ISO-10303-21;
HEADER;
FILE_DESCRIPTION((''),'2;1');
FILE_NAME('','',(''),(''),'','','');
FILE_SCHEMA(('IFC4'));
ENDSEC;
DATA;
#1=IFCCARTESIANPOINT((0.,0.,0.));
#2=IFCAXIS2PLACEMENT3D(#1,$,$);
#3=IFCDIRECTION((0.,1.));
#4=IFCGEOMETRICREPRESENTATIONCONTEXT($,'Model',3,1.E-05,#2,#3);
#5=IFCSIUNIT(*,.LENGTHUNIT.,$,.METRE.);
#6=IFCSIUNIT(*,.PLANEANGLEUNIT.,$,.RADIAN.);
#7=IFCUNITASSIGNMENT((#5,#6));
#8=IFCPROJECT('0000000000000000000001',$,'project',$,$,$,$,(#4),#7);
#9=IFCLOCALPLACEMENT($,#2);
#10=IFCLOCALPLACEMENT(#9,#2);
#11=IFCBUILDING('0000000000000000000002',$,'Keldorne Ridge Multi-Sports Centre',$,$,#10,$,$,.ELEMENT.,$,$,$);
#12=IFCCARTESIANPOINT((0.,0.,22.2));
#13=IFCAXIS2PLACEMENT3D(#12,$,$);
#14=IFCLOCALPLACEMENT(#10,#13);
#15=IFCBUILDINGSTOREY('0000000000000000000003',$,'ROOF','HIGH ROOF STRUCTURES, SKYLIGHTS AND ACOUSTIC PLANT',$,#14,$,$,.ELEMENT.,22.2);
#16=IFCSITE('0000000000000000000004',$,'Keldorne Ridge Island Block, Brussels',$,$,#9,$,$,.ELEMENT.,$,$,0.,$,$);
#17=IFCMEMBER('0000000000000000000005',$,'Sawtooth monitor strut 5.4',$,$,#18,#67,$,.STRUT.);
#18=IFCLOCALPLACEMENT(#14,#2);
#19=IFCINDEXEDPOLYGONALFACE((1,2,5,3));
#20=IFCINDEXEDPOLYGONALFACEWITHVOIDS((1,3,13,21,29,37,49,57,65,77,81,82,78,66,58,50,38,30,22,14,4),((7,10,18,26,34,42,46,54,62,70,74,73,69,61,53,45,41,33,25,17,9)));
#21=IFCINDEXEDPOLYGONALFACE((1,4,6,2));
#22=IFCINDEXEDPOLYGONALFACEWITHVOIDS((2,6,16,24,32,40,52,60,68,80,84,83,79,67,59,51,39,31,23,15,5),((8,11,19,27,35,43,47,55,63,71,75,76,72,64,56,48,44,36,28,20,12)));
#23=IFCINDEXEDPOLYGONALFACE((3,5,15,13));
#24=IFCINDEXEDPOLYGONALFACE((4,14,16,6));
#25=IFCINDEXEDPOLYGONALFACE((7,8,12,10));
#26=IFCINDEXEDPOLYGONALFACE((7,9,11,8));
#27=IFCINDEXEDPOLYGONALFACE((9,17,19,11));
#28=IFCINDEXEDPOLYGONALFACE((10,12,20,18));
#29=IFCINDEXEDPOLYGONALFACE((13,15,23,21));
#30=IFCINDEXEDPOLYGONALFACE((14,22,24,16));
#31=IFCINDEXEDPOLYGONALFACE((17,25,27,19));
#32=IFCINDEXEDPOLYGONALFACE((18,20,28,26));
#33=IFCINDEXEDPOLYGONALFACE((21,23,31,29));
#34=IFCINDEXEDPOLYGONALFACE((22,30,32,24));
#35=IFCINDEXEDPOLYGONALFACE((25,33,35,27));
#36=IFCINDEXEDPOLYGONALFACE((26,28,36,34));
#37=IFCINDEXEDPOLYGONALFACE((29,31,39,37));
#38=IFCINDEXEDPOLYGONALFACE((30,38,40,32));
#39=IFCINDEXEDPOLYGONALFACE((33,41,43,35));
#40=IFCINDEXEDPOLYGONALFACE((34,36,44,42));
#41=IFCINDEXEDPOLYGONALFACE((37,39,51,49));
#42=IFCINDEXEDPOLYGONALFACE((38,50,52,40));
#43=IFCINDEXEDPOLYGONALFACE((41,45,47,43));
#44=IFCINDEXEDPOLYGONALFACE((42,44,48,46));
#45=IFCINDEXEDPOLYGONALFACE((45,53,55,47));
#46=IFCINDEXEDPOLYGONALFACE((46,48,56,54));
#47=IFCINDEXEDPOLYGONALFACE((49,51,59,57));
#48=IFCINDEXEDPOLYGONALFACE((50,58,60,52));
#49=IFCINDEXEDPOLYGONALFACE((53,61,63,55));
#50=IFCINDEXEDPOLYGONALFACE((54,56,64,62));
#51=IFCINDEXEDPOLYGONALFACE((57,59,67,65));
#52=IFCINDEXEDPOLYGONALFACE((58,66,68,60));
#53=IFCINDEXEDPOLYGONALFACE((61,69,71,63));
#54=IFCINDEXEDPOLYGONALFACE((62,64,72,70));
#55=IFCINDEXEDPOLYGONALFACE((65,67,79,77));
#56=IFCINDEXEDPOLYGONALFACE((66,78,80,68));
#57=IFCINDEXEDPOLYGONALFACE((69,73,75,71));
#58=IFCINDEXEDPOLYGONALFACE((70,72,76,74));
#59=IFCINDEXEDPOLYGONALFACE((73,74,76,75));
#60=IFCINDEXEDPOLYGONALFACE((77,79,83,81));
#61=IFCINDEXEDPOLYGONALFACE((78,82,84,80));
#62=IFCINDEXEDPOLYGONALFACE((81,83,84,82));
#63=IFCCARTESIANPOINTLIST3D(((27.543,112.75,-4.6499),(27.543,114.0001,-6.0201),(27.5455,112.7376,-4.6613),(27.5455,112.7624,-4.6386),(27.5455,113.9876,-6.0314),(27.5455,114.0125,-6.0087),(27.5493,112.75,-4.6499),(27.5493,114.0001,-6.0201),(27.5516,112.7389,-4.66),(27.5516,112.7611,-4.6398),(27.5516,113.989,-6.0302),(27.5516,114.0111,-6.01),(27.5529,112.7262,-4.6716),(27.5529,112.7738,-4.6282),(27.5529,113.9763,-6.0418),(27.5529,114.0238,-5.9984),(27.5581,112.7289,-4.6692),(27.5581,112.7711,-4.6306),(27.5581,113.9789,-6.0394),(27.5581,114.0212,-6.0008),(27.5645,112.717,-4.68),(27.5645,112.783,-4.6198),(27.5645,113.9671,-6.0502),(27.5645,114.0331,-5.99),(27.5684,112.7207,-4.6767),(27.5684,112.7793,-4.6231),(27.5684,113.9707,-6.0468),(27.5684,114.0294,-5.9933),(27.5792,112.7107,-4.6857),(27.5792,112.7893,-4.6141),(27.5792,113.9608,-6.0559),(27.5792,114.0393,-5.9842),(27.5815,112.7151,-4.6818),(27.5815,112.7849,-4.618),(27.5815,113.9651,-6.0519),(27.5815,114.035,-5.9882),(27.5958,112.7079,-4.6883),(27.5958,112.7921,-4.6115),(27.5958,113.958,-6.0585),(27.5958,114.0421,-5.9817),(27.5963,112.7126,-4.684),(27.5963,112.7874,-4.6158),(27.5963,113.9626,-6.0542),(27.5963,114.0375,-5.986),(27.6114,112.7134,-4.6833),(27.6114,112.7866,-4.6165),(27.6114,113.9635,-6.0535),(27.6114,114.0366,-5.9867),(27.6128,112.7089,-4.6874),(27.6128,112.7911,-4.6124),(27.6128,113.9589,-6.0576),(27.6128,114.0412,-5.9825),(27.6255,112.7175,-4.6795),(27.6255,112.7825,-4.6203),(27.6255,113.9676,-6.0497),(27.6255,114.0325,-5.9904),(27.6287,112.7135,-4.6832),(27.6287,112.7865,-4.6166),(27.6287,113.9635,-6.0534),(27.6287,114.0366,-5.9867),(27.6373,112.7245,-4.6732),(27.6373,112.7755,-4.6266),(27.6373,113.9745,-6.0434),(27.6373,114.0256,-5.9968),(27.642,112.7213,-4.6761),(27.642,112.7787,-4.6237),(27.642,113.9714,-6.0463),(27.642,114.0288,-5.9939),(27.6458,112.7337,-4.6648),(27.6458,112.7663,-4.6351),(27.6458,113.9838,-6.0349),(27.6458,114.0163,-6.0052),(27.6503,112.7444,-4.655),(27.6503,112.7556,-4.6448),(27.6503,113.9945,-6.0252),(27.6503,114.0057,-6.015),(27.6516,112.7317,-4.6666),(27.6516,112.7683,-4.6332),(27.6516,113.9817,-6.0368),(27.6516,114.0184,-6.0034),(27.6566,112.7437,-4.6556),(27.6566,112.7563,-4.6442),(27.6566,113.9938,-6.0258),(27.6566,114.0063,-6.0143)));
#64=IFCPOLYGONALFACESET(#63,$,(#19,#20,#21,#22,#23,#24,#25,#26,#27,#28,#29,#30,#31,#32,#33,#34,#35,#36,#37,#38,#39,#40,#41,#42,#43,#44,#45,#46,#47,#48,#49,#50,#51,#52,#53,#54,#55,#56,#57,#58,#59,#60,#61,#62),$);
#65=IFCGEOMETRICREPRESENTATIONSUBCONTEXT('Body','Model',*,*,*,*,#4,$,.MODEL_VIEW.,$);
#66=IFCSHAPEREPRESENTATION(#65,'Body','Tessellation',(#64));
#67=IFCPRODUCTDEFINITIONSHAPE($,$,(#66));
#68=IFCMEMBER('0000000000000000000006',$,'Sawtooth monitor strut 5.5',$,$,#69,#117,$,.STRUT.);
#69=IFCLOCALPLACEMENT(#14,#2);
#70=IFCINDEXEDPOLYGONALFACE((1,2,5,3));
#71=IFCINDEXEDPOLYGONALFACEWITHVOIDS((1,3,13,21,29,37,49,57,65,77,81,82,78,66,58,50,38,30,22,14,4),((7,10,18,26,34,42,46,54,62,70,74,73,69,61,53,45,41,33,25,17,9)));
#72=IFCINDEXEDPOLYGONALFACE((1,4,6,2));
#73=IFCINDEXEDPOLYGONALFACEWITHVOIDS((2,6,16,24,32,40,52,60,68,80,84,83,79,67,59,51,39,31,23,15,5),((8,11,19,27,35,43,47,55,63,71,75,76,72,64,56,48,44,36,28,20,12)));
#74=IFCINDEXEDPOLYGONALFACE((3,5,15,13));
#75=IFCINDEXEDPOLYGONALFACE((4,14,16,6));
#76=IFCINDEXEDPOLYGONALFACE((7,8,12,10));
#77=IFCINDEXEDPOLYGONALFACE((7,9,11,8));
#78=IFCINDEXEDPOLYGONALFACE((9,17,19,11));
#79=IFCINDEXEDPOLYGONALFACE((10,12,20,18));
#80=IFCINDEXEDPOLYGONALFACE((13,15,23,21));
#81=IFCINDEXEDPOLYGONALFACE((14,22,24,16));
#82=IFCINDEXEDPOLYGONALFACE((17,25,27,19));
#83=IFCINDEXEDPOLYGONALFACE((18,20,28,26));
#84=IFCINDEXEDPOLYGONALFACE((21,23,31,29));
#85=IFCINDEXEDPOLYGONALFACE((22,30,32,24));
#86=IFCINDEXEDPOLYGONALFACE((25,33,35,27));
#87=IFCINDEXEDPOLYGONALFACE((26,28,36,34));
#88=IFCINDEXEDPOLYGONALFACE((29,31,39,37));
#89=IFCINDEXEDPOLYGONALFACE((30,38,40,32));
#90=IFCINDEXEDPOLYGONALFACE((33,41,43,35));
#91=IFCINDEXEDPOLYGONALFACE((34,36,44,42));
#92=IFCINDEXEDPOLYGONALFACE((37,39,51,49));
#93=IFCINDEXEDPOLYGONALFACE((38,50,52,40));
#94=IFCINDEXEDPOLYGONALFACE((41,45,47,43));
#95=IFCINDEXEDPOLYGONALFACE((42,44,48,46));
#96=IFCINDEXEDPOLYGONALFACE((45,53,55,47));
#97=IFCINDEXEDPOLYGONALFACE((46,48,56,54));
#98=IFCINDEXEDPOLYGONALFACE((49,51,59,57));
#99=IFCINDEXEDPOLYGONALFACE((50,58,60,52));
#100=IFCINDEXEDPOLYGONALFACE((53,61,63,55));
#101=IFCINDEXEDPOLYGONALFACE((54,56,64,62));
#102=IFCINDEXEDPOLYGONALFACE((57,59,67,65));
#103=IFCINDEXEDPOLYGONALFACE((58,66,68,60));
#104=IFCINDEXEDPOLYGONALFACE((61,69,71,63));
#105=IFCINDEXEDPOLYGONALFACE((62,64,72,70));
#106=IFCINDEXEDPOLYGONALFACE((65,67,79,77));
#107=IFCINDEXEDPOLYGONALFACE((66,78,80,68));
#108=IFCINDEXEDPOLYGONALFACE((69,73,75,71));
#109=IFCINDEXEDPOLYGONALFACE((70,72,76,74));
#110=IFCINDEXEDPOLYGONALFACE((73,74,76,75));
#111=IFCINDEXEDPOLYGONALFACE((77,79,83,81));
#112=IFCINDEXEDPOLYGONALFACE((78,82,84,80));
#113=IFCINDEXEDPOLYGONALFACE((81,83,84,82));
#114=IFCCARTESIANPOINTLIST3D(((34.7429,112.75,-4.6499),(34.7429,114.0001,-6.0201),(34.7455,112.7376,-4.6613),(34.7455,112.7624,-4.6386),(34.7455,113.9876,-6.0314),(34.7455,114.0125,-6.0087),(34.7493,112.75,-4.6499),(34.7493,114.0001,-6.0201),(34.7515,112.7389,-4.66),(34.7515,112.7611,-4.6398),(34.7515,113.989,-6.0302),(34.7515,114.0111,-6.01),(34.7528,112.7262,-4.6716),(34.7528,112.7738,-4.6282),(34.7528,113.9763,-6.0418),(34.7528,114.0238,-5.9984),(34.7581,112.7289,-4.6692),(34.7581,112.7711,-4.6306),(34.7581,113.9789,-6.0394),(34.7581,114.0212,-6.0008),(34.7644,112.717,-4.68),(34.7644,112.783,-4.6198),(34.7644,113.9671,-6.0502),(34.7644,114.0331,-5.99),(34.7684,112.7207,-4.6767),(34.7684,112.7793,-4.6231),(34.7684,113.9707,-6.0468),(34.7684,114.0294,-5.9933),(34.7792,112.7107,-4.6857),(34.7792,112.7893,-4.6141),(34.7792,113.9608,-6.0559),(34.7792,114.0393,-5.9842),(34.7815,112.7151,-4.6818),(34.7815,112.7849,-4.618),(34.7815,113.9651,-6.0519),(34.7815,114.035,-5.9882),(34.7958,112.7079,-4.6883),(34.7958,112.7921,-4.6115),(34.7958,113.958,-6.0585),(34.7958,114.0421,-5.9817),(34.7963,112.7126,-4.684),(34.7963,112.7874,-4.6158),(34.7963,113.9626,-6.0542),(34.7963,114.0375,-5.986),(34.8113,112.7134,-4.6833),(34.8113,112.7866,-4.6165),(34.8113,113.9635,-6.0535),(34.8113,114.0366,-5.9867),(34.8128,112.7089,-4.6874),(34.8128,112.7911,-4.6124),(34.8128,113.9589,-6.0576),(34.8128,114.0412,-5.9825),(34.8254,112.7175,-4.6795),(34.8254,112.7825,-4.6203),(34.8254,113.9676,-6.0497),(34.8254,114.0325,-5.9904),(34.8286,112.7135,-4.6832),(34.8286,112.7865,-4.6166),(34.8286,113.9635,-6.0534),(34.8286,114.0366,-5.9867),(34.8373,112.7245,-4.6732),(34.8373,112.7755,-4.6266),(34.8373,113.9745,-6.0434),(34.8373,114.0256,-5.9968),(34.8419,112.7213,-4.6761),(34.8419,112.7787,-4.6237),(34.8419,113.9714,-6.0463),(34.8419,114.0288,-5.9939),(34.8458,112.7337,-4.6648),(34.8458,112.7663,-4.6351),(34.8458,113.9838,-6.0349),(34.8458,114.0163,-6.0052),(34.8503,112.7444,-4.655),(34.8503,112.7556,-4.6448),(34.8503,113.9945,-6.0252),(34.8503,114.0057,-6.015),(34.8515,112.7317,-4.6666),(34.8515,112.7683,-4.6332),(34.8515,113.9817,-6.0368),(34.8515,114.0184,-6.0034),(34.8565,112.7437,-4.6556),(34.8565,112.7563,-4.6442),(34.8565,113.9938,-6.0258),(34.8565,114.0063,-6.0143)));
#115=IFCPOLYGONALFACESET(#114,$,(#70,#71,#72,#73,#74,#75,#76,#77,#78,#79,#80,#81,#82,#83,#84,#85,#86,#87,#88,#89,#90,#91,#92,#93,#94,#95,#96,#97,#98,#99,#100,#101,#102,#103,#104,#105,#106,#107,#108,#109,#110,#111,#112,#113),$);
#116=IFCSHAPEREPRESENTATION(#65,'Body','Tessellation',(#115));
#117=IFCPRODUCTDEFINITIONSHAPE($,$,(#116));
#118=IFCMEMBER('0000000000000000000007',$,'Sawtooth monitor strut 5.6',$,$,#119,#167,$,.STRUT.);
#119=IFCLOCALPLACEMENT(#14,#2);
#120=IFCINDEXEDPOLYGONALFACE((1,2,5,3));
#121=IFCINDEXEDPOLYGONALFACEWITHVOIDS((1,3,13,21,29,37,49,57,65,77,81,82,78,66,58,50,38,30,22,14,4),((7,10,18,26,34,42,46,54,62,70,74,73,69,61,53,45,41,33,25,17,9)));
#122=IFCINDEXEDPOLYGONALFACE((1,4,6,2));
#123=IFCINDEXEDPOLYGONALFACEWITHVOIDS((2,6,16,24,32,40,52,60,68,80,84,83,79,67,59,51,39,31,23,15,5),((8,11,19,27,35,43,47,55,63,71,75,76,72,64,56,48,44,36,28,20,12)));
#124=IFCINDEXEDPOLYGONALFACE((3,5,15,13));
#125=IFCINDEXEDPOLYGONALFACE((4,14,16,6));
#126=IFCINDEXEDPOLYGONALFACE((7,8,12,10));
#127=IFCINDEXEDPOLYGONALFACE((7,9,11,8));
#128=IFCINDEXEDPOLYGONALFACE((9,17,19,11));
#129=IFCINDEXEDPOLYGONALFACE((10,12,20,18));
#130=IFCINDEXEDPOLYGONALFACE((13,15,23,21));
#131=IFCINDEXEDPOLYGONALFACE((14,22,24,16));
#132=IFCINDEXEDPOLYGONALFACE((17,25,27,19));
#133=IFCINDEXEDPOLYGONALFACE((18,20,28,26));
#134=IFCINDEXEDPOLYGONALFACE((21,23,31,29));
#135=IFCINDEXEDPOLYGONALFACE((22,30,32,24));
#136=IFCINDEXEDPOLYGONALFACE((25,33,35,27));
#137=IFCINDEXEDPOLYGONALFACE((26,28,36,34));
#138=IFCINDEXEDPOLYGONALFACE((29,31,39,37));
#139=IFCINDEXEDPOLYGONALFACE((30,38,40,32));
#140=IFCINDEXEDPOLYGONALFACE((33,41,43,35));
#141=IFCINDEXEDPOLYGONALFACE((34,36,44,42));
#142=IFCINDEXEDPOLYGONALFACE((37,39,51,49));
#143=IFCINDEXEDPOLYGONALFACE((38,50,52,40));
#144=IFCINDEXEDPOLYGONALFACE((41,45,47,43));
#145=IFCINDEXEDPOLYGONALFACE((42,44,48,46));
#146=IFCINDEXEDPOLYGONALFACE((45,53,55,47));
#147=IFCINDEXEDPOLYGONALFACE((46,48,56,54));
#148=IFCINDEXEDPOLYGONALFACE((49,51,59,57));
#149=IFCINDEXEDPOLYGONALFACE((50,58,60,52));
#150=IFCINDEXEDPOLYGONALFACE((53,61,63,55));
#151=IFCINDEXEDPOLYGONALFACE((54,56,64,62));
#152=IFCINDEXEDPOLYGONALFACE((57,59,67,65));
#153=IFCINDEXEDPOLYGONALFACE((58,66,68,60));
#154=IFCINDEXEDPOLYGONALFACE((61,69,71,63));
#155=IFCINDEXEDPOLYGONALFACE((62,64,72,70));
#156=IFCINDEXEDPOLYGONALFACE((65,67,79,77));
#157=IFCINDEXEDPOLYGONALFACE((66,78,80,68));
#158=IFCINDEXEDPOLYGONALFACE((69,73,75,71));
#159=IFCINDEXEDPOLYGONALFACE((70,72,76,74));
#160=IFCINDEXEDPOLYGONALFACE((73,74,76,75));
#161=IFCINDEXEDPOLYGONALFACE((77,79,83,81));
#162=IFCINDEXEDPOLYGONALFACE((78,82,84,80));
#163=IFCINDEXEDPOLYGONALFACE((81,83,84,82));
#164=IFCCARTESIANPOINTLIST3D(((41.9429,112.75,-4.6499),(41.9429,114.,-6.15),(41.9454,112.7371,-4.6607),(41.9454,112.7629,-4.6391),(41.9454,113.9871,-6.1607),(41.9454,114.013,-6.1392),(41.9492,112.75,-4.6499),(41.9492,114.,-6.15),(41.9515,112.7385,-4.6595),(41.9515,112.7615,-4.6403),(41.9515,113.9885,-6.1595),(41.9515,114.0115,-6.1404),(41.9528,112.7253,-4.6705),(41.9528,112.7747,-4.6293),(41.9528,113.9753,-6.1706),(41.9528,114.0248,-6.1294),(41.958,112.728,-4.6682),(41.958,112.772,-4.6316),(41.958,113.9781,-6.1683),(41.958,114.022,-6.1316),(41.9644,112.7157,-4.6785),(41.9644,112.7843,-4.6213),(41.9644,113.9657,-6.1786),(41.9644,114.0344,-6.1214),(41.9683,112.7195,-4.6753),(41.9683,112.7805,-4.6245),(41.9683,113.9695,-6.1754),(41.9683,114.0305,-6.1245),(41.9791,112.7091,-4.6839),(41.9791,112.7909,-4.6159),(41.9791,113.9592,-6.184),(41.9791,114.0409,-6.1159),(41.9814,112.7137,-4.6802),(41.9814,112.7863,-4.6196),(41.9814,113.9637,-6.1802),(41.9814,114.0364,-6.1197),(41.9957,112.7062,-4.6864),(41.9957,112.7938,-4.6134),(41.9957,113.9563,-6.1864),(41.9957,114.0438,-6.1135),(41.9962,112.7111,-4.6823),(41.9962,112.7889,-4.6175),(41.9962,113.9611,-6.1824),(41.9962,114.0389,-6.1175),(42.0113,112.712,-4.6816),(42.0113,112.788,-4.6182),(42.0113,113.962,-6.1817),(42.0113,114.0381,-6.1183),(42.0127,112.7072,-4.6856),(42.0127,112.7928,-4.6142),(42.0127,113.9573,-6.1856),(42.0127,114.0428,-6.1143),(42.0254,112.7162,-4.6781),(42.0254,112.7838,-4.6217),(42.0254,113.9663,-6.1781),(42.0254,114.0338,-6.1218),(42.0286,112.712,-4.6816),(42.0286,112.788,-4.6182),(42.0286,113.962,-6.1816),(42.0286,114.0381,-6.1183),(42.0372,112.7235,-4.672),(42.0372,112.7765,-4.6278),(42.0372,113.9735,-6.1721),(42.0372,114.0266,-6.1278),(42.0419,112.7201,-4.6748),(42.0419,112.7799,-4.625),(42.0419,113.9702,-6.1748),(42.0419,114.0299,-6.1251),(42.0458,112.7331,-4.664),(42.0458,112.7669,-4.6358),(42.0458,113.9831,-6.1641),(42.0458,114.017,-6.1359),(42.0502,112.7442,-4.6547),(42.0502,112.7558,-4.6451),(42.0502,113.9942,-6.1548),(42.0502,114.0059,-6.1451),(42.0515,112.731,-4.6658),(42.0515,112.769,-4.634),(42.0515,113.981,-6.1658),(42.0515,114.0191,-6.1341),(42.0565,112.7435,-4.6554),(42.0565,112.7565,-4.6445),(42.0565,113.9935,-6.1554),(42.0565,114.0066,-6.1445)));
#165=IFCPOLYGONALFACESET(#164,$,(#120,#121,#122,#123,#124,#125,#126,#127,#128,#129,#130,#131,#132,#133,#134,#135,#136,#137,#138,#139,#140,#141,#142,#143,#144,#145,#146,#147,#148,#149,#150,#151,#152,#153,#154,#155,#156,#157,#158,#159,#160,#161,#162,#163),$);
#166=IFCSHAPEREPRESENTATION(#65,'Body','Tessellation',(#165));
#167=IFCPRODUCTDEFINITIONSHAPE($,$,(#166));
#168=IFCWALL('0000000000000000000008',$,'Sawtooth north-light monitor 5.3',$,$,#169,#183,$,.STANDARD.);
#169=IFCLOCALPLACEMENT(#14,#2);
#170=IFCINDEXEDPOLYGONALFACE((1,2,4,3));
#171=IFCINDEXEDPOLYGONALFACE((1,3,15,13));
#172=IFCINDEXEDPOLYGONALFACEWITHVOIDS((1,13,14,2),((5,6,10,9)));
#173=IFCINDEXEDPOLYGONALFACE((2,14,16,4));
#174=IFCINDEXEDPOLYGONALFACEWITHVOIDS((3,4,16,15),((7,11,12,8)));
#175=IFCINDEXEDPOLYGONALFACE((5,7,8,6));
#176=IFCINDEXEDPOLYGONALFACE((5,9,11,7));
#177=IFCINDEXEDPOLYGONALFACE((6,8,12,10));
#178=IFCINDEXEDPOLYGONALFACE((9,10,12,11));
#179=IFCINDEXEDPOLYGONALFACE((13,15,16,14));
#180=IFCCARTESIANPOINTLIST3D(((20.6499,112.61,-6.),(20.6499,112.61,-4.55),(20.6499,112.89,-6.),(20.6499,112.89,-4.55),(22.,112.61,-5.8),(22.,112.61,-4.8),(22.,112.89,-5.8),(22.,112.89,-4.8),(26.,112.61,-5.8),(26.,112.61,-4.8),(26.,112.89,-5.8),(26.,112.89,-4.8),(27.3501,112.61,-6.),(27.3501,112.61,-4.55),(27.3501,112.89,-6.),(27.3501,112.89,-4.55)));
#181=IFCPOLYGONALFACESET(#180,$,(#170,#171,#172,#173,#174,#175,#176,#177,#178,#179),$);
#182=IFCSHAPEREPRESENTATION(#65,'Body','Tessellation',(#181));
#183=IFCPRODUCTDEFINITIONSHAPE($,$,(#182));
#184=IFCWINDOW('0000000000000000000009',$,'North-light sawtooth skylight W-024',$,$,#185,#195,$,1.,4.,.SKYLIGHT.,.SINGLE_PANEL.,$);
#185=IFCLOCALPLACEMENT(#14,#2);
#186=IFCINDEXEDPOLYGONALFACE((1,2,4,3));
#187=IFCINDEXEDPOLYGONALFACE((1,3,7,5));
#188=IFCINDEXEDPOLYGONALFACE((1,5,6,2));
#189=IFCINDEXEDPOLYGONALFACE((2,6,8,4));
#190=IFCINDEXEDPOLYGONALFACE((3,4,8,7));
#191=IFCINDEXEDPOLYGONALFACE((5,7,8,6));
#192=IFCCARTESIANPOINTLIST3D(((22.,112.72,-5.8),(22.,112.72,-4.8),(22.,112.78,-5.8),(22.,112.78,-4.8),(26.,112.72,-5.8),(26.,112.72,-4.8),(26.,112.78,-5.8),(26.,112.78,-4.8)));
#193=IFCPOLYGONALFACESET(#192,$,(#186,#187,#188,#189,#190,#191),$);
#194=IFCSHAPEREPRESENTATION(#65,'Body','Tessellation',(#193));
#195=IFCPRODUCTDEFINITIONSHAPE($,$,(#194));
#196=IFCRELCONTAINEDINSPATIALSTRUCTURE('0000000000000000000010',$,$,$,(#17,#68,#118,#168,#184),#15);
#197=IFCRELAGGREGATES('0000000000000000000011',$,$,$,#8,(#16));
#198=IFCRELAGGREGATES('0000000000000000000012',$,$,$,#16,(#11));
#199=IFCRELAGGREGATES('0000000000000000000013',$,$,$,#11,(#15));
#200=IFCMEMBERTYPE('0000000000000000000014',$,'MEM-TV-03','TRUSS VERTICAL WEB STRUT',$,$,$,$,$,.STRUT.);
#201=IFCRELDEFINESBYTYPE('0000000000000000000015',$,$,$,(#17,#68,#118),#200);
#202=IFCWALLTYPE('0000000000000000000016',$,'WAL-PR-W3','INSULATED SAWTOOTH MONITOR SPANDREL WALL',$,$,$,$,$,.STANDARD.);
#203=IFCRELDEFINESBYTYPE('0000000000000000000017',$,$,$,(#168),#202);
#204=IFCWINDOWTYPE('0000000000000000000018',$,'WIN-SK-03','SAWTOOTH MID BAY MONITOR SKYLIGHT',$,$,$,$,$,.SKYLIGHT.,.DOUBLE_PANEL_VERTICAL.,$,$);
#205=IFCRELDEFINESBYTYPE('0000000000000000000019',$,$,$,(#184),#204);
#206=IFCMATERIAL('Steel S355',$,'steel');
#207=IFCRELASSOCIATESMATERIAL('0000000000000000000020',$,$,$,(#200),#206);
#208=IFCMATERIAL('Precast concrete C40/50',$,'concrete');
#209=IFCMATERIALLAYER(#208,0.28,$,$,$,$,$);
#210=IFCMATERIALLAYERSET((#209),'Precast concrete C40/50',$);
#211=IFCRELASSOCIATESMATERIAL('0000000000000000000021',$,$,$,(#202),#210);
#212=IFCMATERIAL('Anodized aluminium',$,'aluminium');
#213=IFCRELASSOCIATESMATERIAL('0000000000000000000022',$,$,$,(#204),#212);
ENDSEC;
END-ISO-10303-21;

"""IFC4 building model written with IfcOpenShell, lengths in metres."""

from ifc_helpers import new_model, si_unit, direction, frame, frame_2d, origin, origin_2d, place, context, subcontext, project, spatial, rectangle, hollow_circle, extrude, material, layer, layer_set, material_profile, profile_set, type_object, element, fill, save


model = new_model("IFC4")

# Units and contexts
model_context = context("Model", 3, precision=1e-05, world=origin(), true_north=direction((0.0, 1.0)))
body_context = subcontext(model_context, "Body", "Model", "MODEL_VIEW")
ifc_project = project(units=[si_unit("LENGTHUNIT", "METRE"), si_unit("PLANEANGLEUNIT", "RADIAN")], contexts=[model_context])

# Site, building, storey
site_placement = place(None, origin())
site = spatial("IfcSite", under=ifc_project, at=site_placement, Name="Keldorne Ridge Island Block, Brussels", CompositionType="ELEMENT", RefElevation=0.0)
building_placement = place(site_placement, origin())
building = spatial("IfcBuilding", under=site, at=building_placement, Name="Keldorne Ridge Multi-Sports Centre", CompositionType="ELEMENT")
storey_placement = place(building_placement, frame((0.0, 0.0, 22.2)))
storey = spatial("IfcBuildingStorey", under=building, at=storey_placement, Name="ROOF", Description="HIGH ROOF STRUCTURES, SKYLIGHTS AND ACOUSTIC PLANT", CompositionType="ELEMENT", Elevation=22.2)

# Shared definitions
ifc_material_1 = material(Name="Steel S355", Category="steel")

# Members
ifc_material_profile_1 = material_profile(ifc_material_1, hollow_circle(Radius=0.0571, WallThickness=0.0063, at=origin_2d()), Name="CHS 114.3x6.3")
ifc_profile_set_1 = profile_set([ifc_material_profile_1], Name="Steel S355")
member_type_1 = type_object("IfcMemberType", Name="MEM-TV-03", Description="TRUSS VERTICAL WEB STRUT", PredefinedType="STRUT", material=ifc_profile_set_1)
for number, where, z_axis, x_axis, name in (
    (1, (27.6001, 112.75, -4.6499), (0.0, 0.673982, -0.738748), (-1.0, 0.0, 0.0), "Sawtooth monitor strut 5.4"),
    (2, (34.8, 112.75, -4.6499), (0.0, 0.673982, -0.738748), (-1.0, 0.0, 0.0), "Sawtooth monitor strut 5.5"),
):
    element("IfcMember", number, at=place(storey_placement, frame(where, z_axis=z_axis, x_axis=x_axis)), inside=storey, type_object=member_type_1, Name=name, PredefinedType="STRUT", context=body_context, shape_type="SweptSolid", body=[
        extrude(hollow_circle(Radius=0.0571, WallThickness=0.0063, at=origin_2d()), origin(), (0.0, 0.0, 1.0), 1.8547),
    ])
member_1_placement = place(storey_placement, frame((42.0, 112.75, -4.6499), z_axis=(0.0, 0.640184, -0.768221), x_axis=(-1.0, 0.0, 0.0)))
element("IfcMember", 3, at=member_1_placement, inside=storey, type_object=member_type_1, Name="Sawtooth monitor strut 5.6", PredefinedType="STRUT", context=body_context, shape_type="SweptSolid", body=[
    extrude(hollow_circle(Radius=0.0571, WallThickness=0.0063, at=origin_2d()), origin(), (0.0, 0.0, 1.0), 1.9526),
])

# Wall, opening, window
ifc_material_2 = material(Name="Precast concrete C40/50", Category="concrete")
ifc_layer = layer(ifc_material_2, 0.28)
ifc_layer_set = layer_set([ifc_layer], Name="Precast concrete C40/50")
wall_type = type_object("IfcWallType", Name="WAL-PR-W3", Description="INSULATED SAWTOOTH MONITOR SPANDREL WALL", PredefinedType="STANDARD", material=ifc_layer_set)
wall_1_placement = place(storey_placement, frame((27.3501, 112.75, -6.0), z_axis=(0.0, 0.0, 1.0), x_axis=(-1.0, 0.0, 0.0)))
wall_1 = element("IfcWall", 4, at=wall_1_placement, inside=storey, type_object=wall_type, Name="Sawtooth north-light monitor 5.3", PredefinedType="STANDARD", context=body_context, shape_type="SweptSolid", body=[
    extrude(rectangle(XDim=6.7002, YDim=0.28, at=frame_2d((3.3501, 0.0))), origin(), (0.0, 0.0, 1.0), 1.45),
])
opening_1_placement = place(wall_1_placement, frame((1.3501, 0.0, 0.2)))
opening_1 = element("IfcOpeningElement", 5, at=opening_1_placement, cuts=wall_1, PredefinedType="OPENING", context=body_context, shape_type="SweptSolid", body=[
    extrude(rectangle(XDim=4.0, YDim=1.0, at=frame_2d((2.0, 0.5))), frame((0.0, 0.1499, 0.0), z_axis=(0.0, -1.0, 0.0), x_axis=(1.0, 0.0, 0.0)), (0.0, 0.0, 1.0), 0.3),
])
ifc_material_3 = material(Name="Anodized aluminium", Category="aluminium")
window_type_1 = type_object("IfcWindowType", Name="WIN-SK-03", Description="SAWTOOTH MID BAY MONITOR SKYLIGHT", PartitioningType="DOUBLE_PANEL_VERTICAL", PredefinedType="SKYLIGHT", material=ifc_material_3)
window_1_placement = place(opening_1_placement, origin())
window_1 = element("IfcWindow", 6, at=window_1_placement, inside=storey, type_object=window_type_1, Name="North-light sawtooth skylight W-024", OverallHeight=1.0, OverallWidth=4.0, PartitioningType="SINGLE_PANEL", PredefinedType="SKYLIGHT", context=body_context, shape_type="SweptSolid", body=[
    extrude(rectangle(XDim=4.0, YDim=1.0, at=frame_2d((2.0, 0.5))), frame((0.0, 0.03, 0.0), z_axis=(0.0, -1.0, 0.0), x_axis=(1.0, 0.0, 0.0)), (0.0, 0.0, 1.0), 0.0601),
])
fill(opening_1, window_1)

save(model, "model.ifc")
